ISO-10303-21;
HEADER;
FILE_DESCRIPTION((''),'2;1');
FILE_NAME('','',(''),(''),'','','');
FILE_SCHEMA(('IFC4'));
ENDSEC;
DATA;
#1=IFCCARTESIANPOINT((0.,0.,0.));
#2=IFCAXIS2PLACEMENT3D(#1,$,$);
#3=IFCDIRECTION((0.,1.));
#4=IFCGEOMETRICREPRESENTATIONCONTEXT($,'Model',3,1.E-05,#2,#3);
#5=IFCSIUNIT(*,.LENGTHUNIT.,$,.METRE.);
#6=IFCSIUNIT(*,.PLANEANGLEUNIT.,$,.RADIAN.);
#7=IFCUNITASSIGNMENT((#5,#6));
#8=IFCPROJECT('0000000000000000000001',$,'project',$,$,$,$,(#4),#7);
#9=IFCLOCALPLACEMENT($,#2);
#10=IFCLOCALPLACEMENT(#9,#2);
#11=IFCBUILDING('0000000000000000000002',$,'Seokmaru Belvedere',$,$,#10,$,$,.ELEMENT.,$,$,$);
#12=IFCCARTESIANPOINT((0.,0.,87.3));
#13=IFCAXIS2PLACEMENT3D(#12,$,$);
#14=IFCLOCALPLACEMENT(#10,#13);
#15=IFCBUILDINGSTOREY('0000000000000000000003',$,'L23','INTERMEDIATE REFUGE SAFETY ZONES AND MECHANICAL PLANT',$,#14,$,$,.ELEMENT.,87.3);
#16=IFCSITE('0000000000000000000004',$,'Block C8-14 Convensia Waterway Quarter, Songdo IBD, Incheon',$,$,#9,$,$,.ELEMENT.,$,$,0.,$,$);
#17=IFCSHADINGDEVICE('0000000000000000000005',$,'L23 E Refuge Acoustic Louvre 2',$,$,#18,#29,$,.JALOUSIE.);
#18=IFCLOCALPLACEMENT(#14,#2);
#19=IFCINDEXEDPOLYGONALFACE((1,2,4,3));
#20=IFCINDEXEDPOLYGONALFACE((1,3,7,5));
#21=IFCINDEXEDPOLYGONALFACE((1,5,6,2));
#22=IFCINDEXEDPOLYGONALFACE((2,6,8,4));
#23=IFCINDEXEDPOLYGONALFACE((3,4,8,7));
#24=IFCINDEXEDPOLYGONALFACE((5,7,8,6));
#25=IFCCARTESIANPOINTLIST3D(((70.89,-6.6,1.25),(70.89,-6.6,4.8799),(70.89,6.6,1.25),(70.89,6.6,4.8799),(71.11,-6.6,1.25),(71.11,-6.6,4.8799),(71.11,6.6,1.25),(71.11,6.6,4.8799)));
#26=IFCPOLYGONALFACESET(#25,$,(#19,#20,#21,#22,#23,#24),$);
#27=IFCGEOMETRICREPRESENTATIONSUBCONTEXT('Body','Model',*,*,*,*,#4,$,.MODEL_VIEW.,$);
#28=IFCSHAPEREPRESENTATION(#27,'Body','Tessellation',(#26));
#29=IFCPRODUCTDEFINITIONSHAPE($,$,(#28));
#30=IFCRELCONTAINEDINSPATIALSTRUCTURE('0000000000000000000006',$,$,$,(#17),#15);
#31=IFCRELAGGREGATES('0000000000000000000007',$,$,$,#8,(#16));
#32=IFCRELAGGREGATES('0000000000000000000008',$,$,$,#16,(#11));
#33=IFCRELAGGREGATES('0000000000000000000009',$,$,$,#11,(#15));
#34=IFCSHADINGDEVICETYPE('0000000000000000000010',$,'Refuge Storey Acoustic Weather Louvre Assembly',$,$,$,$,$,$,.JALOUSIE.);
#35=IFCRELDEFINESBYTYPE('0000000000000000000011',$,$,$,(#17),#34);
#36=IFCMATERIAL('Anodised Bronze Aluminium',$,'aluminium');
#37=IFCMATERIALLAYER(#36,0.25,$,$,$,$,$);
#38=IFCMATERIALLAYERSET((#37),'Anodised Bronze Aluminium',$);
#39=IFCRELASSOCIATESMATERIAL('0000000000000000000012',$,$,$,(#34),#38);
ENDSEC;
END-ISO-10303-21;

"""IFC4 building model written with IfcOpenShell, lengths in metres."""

from ifc_helpers import new_model, si_unit, direction, frame, origin, origin_2d, place, context, subcontext, project, spatial, rectangle, extrude, source, transform, mapped, material, layer, layer_set, type_object, element, save


model = new_model("IFC4")

# Units and contexts
model_context = context("Model", 3, precision=1e-05, world=origin(), true_north=direction((0.0, 1.0)))
body_context = subcontext(model_context, "Body", "Model", "MODEL_VIEW")
ifc_project = project(units=[si_unit("LENGTHUNIT", "METRE"), si_unit("PLANEANGLEUNIT", "RADIAN")], contexts=[model_context])

# Site, building, storey
site_placement = place(None, origin())
site = spatial("IfcSite", under=ifc_project, at=site_placement, Name="Block C8-14 Convensia Waterway Quarter, Songdo IBD, Incheon", CompositionType="ELEMENT", RefElevation=0.0)
building_placement = place(site_placement, origin())
building = spatial("IfcBuilding", under=site, at=building_placement, Name="Seokmaru Belvedere", CompositionType="ELEMENT")
storey_placement = place(building_placement, frame((0.0, 0.0, 87.3)))
storey = spatial("IfcBuildingStorey", under=building, at=storey_placement, Name="L23", Description="INTERMEDIATE REFUGE SAFETY ZONES AND MECHANICAL PLANT", CompositionType="ELEMENT", Elevation=87.3)

# Shading device
ifc_material_1 = material(Name="Anodised Bronze Aluminium", Category="aluminium")
ifc_layer_1 = layer(ifc_material_1, 0.25)
ifc_layer_set_1 = layer_set([ifc_layer_1], Name="Anodised Bronze Aluminium")
shading_device_type = type_object("IfcShadingDeviceType", Name="Refuge Storey Acoustic Weather Louvre Assembly", PredefinedType="JALOUSIE", material=ifc_layer_set_1)
shared_shape_1 = source(origin(), body_context, "Body", "SweptSolid", [
    extrude(rectangle(XDim=13.2, YDim=0.22, at=origin_2d()), origin(), (0.0, 0.0, 1.0), 3.6299),
])
shading_device_1_placement = place(storey_placement, frame((71.0, 0.0, 1.25), z_axis=(0.0, 0.0, 1.0), x_axis=(0.0, 1.0, 0.0)))
element("IfcShadingDevice", 1, at=shading_device_1_placement, inside=storey, type_object=shading_device_type, Name="L23 E Refuge Acoustic Louvre 2", PredefinedType="JALOUSIE", context=body_context, shape_type="MappedRepresentation", body=[
    mapped(shared_shape_1, transform((0.0, 0.0, 0.0), scale=1.0)),
])

save(model, "model.ifc")
